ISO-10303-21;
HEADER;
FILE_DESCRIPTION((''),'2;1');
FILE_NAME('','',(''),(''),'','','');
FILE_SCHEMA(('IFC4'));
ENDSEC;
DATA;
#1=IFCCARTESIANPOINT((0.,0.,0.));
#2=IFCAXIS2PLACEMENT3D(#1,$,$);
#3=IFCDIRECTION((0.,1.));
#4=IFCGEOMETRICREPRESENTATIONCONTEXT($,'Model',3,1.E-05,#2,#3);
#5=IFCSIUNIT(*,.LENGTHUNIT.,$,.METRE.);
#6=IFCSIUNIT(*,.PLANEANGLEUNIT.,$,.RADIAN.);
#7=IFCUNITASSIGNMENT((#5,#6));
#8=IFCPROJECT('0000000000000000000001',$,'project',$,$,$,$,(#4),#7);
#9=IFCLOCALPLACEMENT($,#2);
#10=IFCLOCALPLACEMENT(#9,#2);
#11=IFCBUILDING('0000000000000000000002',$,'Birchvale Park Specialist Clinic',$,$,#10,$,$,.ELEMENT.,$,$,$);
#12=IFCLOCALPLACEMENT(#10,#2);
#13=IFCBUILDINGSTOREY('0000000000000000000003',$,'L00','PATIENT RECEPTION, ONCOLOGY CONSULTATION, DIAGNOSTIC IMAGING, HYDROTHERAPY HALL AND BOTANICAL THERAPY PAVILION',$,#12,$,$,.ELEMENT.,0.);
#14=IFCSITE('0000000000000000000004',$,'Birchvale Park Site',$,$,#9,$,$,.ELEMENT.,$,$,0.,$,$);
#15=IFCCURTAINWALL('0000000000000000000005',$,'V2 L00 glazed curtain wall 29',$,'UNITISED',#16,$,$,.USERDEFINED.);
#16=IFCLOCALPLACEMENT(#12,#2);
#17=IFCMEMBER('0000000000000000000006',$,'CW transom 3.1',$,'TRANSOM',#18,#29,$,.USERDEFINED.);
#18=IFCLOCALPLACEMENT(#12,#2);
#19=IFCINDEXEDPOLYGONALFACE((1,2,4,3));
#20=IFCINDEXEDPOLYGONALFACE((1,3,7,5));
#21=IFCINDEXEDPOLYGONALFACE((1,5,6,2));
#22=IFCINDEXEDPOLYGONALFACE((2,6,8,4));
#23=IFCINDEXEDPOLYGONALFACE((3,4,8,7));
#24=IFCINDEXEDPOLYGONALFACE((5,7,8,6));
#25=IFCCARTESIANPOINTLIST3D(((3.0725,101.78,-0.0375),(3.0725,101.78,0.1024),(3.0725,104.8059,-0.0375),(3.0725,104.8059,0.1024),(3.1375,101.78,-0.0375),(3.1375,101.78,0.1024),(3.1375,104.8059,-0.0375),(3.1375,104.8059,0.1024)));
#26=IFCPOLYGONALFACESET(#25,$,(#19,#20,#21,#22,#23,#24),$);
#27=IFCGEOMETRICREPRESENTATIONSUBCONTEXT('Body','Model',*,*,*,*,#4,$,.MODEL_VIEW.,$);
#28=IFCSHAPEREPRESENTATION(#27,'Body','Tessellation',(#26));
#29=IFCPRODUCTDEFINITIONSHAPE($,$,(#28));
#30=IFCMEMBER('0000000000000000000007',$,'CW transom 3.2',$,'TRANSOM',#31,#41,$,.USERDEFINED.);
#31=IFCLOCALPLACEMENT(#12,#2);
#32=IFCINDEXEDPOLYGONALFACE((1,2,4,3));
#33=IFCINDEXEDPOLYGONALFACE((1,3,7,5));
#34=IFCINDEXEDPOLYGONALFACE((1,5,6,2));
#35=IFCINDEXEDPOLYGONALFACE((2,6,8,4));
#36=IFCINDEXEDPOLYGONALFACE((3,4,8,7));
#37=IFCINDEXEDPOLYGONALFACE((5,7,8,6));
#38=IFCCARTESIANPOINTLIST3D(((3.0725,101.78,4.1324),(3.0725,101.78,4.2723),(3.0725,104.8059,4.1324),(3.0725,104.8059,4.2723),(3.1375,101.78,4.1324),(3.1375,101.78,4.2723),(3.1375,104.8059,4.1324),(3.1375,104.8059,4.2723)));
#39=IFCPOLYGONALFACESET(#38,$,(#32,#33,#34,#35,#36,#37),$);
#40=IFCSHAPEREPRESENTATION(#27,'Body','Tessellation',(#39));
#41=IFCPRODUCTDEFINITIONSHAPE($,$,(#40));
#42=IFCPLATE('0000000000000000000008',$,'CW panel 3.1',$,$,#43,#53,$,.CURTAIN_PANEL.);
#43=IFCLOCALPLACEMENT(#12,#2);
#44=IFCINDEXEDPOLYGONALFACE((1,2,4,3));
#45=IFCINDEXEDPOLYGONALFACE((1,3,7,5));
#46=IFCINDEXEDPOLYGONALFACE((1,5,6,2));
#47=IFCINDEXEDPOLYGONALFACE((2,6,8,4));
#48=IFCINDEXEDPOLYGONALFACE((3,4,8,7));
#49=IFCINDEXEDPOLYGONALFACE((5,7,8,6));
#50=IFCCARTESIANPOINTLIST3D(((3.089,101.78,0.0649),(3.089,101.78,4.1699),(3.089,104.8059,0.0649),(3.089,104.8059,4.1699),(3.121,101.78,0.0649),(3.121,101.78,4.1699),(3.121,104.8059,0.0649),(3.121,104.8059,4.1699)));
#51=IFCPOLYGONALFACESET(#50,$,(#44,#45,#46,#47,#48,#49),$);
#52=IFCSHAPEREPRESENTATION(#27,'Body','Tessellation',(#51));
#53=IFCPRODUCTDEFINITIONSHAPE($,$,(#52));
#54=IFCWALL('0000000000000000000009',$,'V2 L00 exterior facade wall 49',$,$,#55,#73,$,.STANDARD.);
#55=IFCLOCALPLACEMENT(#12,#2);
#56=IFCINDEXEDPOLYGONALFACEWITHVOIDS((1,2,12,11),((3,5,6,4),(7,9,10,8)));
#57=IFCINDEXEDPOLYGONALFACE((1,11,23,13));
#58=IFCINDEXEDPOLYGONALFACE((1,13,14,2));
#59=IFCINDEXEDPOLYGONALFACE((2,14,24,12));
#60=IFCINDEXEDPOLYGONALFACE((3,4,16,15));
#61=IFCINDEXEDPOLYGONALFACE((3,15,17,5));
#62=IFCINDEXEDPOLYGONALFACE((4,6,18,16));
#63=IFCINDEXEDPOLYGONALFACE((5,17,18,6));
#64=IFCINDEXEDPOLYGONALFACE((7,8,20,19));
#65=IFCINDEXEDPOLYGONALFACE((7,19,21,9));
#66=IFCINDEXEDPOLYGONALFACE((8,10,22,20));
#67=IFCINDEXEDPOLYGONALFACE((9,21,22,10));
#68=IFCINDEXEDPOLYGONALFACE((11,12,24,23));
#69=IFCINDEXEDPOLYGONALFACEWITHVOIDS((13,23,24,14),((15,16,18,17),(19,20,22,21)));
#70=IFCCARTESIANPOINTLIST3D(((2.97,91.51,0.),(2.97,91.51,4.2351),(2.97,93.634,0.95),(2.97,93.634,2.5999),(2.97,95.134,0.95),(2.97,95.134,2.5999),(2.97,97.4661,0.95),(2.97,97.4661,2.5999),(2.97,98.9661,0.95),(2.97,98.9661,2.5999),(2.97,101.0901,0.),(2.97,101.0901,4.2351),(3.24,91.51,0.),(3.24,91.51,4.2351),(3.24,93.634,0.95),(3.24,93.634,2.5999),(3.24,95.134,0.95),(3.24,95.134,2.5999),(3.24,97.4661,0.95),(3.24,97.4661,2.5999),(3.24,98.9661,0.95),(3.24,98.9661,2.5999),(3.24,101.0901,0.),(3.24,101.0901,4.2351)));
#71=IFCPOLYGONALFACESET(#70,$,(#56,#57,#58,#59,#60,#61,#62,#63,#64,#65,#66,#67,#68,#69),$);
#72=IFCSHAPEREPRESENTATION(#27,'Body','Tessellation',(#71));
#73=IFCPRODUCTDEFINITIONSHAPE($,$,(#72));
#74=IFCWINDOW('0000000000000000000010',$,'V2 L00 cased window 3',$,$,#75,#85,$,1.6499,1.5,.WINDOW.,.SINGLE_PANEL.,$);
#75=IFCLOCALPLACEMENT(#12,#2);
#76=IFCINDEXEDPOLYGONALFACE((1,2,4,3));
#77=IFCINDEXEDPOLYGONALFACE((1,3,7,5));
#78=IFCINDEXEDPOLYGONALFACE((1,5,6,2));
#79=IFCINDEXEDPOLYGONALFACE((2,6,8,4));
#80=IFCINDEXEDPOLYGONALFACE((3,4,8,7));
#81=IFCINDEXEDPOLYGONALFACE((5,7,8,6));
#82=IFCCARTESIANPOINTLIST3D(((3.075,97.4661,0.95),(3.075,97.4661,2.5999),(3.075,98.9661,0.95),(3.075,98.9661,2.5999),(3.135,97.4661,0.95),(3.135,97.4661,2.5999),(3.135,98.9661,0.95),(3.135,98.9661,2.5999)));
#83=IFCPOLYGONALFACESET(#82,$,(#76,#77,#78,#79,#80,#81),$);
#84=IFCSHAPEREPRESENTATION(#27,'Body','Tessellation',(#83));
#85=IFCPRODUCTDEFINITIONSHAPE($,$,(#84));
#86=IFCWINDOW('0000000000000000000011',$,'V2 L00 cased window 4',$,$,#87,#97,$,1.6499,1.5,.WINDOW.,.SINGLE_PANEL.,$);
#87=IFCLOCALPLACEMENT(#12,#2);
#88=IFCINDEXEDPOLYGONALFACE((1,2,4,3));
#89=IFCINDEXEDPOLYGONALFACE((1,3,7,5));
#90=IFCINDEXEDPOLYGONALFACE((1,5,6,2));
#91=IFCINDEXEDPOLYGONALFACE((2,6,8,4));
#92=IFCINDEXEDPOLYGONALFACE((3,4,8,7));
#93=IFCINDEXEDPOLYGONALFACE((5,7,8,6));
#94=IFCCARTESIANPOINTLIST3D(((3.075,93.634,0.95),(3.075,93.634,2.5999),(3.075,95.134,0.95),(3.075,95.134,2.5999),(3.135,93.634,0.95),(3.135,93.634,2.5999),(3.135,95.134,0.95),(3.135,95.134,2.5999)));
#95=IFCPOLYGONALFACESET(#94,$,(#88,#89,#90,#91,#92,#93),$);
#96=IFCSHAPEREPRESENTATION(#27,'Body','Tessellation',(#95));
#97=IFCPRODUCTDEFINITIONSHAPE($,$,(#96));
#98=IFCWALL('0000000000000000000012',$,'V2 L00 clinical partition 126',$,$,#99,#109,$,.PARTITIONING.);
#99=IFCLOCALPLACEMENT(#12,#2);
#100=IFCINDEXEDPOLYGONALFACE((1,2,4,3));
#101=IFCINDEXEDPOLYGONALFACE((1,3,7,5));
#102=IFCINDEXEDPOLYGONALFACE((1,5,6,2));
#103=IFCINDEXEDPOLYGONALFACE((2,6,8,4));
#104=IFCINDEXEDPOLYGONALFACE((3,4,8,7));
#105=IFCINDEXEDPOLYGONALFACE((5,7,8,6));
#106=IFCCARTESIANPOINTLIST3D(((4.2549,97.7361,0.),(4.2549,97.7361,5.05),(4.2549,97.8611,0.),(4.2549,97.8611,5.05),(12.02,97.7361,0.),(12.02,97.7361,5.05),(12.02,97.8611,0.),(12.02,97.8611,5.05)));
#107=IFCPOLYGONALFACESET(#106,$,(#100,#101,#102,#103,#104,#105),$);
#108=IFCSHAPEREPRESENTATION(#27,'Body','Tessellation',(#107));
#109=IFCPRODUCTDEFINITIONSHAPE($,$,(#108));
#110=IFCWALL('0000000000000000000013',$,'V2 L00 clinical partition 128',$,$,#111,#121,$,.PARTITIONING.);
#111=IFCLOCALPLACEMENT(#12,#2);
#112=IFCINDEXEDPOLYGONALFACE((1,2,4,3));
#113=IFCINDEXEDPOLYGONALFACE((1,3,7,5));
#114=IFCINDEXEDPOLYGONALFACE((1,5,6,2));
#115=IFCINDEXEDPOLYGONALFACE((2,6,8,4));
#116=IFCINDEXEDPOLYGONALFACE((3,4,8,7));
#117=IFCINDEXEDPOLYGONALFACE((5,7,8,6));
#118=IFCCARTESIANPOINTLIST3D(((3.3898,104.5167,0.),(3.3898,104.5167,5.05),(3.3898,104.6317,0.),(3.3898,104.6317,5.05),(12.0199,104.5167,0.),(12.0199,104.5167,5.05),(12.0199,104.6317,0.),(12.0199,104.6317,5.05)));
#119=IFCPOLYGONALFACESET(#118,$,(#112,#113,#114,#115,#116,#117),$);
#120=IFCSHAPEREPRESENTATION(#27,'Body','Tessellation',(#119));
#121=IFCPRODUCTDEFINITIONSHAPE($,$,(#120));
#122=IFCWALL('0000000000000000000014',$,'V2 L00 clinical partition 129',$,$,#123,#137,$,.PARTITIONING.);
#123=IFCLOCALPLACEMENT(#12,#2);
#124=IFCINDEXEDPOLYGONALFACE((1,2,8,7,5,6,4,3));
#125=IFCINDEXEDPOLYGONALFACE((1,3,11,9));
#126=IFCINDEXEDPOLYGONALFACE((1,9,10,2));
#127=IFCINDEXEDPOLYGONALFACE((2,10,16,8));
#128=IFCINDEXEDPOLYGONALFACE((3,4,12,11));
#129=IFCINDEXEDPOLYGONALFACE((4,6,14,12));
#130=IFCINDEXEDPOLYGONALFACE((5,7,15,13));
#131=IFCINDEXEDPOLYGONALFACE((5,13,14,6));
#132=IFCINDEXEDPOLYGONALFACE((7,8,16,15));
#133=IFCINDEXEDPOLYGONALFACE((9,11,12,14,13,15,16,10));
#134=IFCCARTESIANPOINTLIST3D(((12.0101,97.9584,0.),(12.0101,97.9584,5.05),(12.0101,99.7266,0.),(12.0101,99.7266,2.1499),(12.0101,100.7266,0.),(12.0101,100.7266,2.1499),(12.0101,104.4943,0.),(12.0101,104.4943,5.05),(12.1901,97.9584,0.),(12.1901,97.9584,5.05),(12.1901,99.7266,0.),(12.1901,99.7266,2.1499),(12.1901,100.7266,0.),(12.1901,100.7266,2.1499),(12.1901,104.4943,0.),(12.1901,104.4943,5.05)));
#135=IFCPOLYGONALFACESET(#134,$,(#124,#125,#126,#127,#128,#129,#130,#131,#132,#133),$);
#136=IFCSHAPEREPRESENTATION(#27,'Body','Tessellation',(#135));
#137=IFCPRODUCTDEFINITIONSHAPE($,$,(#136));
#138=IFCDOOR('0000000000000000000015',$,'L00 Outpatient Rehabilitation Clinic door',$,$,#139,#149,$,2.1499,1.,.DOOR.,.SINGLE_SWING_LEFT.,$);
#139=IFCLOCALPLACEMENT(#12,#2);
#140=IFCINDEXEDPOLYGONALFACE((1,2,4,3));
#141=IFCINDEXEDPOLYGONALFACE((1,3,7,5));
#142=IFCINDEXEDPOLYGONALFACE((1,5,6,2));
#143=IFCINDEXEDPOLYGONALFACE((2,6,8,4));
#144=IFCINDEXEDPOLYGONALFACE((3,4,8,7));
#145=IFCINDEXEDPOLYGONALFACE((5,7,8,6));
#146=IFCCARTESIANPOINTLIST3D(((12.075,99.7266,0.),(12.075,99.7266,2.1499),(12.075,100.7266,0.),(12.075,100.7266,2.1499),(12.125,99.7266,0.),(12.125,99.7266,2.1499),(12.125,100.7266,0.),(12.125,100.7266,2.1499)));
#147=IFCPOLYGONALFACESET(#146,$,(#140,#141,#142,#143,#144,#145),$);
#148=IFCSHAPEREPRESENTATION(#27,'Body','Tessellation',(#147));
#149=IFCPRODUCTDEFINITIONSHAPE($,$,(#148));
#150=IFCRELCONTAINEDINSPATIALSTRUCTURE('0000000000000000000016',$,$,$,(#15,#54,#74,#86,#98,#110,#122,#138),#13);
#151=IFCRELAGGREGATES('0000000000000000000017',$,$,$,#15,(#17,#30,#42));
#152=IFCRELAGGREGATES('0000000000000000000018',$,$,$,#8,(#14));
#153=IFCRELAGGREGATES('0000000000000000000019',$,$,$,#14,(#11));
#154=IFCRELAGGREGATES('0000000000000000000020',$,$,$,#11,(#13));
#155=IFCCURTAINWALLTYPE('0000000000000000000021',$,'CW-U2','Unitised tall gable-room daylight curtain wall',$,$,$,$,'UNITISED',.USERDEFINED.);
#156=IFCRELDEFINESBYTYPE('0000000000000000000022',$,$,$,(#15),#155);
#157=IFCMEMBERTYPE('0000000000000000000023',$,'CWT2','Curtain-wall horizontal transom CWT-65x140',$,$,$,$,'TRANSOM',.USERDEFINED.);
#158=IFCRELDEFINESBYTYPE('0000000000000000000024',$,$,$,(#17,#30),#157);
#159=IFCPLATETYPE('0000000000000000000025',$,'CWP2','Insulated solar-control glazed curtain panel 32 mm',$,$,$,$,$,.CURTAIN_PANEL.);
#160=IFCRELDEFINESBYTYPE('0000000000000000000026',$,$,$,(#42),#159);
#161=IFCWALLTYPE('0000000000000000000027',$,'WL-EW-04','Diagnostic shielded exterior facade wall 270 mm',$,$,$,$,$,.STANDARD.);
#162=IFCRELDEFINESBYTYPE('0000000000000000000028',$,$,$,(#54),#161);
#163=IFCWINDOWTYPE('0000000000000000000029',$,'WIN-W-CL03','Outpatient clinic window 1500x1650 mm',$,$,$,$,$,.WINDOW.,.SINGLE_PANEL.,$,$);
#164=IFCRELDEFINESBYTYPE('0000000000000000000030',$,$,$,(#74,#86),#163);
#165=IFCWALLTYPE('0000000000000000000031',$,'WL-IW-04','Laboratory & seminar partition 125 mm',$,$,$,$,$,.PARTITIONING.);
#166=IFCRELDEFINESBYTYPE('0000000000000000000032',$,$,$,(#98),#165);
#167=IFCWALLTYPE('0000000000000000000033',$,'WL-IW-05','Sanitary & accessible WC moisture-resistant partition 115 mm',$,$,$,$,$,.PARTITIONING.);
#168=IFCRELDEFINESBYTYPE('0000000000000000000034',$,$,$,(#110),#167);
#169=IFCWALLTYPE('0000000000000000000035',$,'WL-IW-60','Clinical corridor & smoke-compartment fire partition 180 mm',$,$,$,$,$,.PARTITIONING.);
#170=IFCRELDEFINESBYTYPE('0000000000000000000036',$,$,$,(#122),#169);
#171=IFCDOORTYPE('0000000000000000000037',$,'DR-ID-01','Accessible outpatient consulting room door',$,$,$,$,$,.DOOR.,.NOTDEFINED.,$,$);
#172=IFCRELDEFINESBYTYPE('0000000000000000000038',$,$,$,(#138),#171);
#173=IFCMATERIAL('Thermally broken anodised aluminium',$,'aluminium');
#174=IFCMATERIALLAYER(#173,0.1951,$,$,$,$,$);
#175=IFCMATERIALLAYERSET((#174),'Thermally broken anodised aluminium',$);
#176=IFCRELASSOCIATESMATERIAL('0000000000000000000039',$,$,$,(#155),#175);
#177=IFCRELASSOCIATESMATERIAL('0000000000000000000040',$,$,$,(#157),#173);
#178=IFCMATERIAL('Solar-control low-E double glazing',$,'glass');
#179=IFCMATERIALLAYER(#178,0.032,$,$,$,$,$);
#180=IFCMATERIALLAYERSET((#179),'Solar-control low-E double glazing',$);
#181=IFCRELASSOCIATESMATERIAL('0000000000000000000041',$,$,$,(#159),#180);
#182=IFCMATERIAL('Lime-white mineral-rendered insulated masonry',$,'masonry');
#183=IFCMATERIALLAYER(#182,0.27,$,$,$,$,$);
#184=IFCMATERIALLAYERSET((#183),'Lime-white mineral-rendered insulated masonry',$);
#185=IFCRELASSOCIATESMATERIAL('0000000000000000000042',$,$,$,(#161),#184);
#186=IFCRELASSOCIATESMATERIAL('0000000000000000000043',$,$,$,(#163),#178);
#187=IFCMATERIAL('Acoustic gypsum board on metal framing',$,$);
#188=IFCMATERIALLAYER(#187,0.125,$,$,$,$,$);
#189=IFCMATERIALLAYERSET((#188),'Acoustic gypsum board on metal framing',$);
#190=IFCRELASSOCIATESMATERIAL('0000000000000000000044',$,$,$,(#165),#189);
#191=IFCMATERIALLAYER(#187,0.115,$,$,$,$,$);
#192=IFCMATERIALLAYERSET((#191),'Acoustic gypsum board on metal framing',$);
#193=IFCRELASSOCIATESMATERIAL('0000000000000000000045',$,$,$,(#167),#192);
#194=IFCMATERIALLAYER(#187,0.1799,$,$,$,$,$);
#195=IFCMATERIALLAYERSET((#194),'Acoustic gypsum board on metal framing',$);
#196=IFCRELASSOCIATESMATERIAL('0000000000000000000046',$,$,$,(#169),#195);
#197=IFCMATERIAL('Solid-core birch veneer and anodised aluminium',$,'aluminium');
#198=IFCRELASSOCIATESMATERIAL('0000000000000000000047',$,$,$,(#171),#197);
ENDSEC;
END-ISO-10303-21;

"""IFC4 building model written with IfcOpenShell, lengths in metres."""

from ifc_helpers import new_model, si_unit, direction, frame, frame_2d, origin, origin_2d, place, context, subcontext, project, spatial, rectangle, extrude, material, layer, layer_set, material_profile, profile_set, type_object, element, fill, aggregate, save


model = new_model("IFC4")

# Units and contexts
model_context = context("Model", 3, precision=1e-05, world=origin(), true_north=direction((0.0, 1.0)))
body_context = subcontext(model_context, "Body", "Model", "MODEL_VIEW")
ifc_project = project(units=[si_unit("LENGTHUNIT", "METRE"), si_unit("PLANEANGLEUNIT", "RADIAN")], contexts=[model_context])

# Site, building, storey
site_placement = place(None, origin())
site = spatial("IfcSite", under=ifc_project, at=site_placement, Name="Birchvale Park Site", CompositionType="ELEMENT", RefElevation=0.0)
building_placement = place(site_placement, origin())
building = spatial("IfcBuilding", under=site, at=building_placement, Name="Birchvale Park Specialist Clinic", CompositionType="ELEMENT")
storey_placement = place(building_placement, origin())
storey = spatial("IfcBuildingStorey", under=building, at=storey_placement, Name="L00", Description="PATIENT RECEPTION, ONCOLOGY CONSULTATION, DIAGNOSTIC IMAGING, HYDROTHERAPY HALL AND BOTANICAL THERAPY PAVILION", CompositionType="ELEMENT", Elevation=0.0)

# Curtain wall, members, plate
ifc_material_1 = material(Name="Thermally broken anodised aluminium", Category="aluminium")
ifc_layer_1 = layer(ifc_material_1, 0.1951)
ifc_layer_set_1 = layer_set([ifc_layer_1], Name="Thermally broken anodised aluminium")
curtain_wall_type = type_object("IfcCurtainWallType", Name="CW-U2", Description="Unitised tall gable-room daylight curtain wall", ElementType="UNITISED", PredefinedType="USERDEFINED", material=ifc_layer_set_1)
curtain_wall_placement = place(storey_placement, origin())
curtain_wall = element("IfcCurtainWall", 1, at=curtain_wall_placement, inside=storey, type_object=curtain_wall_type, Name="V2 L00 glazed curtain wall 29", ObjectType="UNITISED", PredefinedType="USERDEFINED")
ifc_material_profile_1 = material_profile(ifc_material_1, rectangle(XDim=0.0649, YDim=0.1399, at=origin_2d()), Name="CWT-65x140")
ifc_profile_set_1 = profile_set([ifc_material_profile_1], Name="Thermally broken anodised aluminium")
member_type_1 = type_object("IfcMemberType", Name="CWT2", Description="Curtain-wall horizontal transom CWT-65x140", ElementType="TRANSOM", PredefinedType="USERDEFINED", material=ifc_profile_set_1)
member_1_placement = place(storey_placement, frame((3.105, 104.8059, 0.0325), z_axis=(0.0, -1.0, 0.0), x_axis=(1.0, 0.0, 0.0)))
member_1 = element("IfcMember", 2, at=member_1_placement, type_object=member_type_1, Name="CW transom 3.1", ObjectType="TRANSOM", PredefinedType="USERDEFINED", context=body_context, shape_type="SweptSolid", body=[
    extrude(rectangle(XDim=0.0649, YDim=0.1399, at=origin_2d()), origin(), (0.0, 0.0, 1.0), 3.0259),
])
member_2_placement = place(storey_placement, frame((3.105, 104.8059, 4.2024), z_axis=(0.0, -1.0, 0.0), x_axis=(1.0, 0.0, 0.0)))
member_2 = element("IfcMember", 3, at=member_2_placement, type_object=member_type_1, Name="CW transom 3.2", ObjectType="TRANSOM", PredefinedType="USERDEFINED", context=body_context, shape_type="SweptSolid", body=[
    extrude(rectangle(XDim=0.0649, YDim=0.1399, at=origin_2d()), origin(), (0.0, 0.0, 1.0), 3.0259),
])
ifc_material_2 = material(Name="Solar-control low-E double glazing", Category="glass")
ifc_layer_2 = layer(ifc_material_2, 0.032)
ifc_layer_set_2 = layer_set([ifc_layer_2], Name="Solar-control low-E double glazing")
plate_type = type_object("IfcPlateType", Name="CWP2", Description="Insulated solar-control glazed curtain panel 32 mm", PredefinedType="CURTAIN_PANEL", material=ifc_layer_set_2)
plate_placement = place(storey_placement, frame((3.105, 103.293, 0.0649), z_axis=(0.0, 0.0, 1.0), x_axis=(0.0, -1.0, 0.0)))
plate = element("IfcPlate", 4, at=plate_placement, type_object=plate_type, Name="CW panel 3.1", PredefinedType="CURTAIN_PANEL", context=body_context, shape_type="SweptSolid", body=[
    extrude(rectangle(XDim=3.0259, YDim=0.032, at=origin_2d()), origin(), (0.0, 0.0, 1.0), 4.105),
])
aggregate(curtain_wall, [member_1, member_2, plate])

# Wall, openings, windows
ifc_material_3 = material(Name="Lime-white mineral-rendered insulated masonry", Category="masonry")
ifc_layer_3 = layer(ifc_material_3, 0.27)
ifc_layer_set_3 = layer_set([ifc_layer_3], Name="Lime-white mineral-rendered insulated masonry")
wall_type_1 = type_object("IfcWallType", Name="WL-EW-04", Description="Diagnostic shielded exterior facade wall 270 mm", PredefinedType="STANDARD", material=ifc_layer_set_3)
wall_1_placement = place(storey_placement, frame((3.105, 101.0901, 0.0), z_axis=(0.0, 0.0, 1.0), x_axis=(0.0, -1.0, 0.0)))
wall_1 = element("IfcWall", 5, at=wall_1_placement, inside=storey, type_object=wall_type_1, Name="V2 L00 exterior facade wall 49", PredefinedType="STANDARD", context=body_context, shape_type="SweptSolid", body=[
    extrude(rectangle(XDim=9.5801, YDim=0.27, at=frame_2d((4.79, 0.0))), origin(), (0.0, 0.0, 1.0), 4.2351),
])
opening_1_placement = place(wall_1_placement, frame((2.124, 0.0, 0.95)))
opening_1 = element("IfcOpeningElement", 6, at=opening_1_placement, cuts=wall_1, PredefinedType="OPENING", context=body_context, shape_type="SweptSolid", body=[
    extrude(rectangle(XDim=1.5, YDim=1.6499, at=frame_2d((0.75, 0.825))), frame((0.0, 0.145, 0.0), z_axis=(0.0, -1.0, 0.0), x_axis=(1.0, 0.0, 0.0)), (0.0, 0.0, 1.0), 0.29),
])
opening_2_placement = place(wall_1_placement, frame((5.9561, 0.0, 0.95)))
opening_2 = element("IfcOpeningElement", 7, at=opening_2_placement, cuts=wall_1, PredefinedType="OPENING", context=body_context, shape_type="SweptSolid", body=[
    extrude(rectangle(XDim=1.5, YDim=1.6499, at=frame_2d((0.75, 0.825))), frame((0.0, 0.145, 0.0), z_axis=(0.0, -1.0, 0.0), x_axis=(1.0, 0.0, 0.0)), (0.0, 0.0, 1.0), 0.29),
])
window_type = type_object("IfcWindowType", Name="WIN-W-CL03", Description="Outpatient clinic window 1500x1650 mm", PartitioningType="SINGLE_PANEL", PredefinedType="WINDOW", material=ifc_material_2)
window_1_placement = place(opening_1_placement, origin())
window_1 = element("IfcWindow", 8, at=window_1_placement, inside=storey, type_object=window_type, Name="V2 L00 cased window 3", OverallHeight=1.6499, OverallWidth=1.5, PartitioningType="SINGLE_PANEL", PredefinedType="WINDOW", context=body_context, shape_type="SweptSolid", body=[
    extrude(rectangle(XDim=1.5, YDim=1.6499, at=frame_2d((0.75, 0.825))), frame((0.0, 0.03, 0.0), z_axis=(0.0, -1.0, 0.0), x_axis=(1.0, 0.0, 0.0)), (0.0, 0.0, 1.0), 0.0601),
])
fill(opening_1, window_1)
window_2_placement = place(opening_2_placement, origin())
window_2 = element("IfcWindow", 9, at=window_2_placement, inside=storey, type_object=window_type, Name="V2 L00 cased window 4", OverallHeight=1.6499, OverallWidth=1.5, PartitioningType="SINGLE_PANEL", PredefinedType="WINDOW", context=body_context, shape_type="SweptSolid", body=[
    extrude(rectangle(XDim=1.5, YDim=1.6499, at=frame_2d((0.75, 0.825))), frame((0.0, 0.03, 0.0), z_axis=(0.0, -1.0, 0.0), x_axis=(1.0, 0.0, 0.0)), (0.0, 0.0, 1.0), 0.0601),
])
fill(opening_2, window_2)

# Walls
ifc_material_4 = material(Name="Acoustic gypsum board on metal framing")
ifc_layer_4 = layer(ifc_material_4, 0.125)
ifc_layer_set_4 = layer_set([ifc_layer_4], Name="Acoustic gypsum board on metal framing")
wall_type_2 = type_object("IfcWallType", Name="WL-IW-04", Description="Laboratory & seminar partition 125 mm", PredefinedType="PARTITIONING", material=ifc_layer_set_4)
wall_2_placement = place(storey_placement, frame((4.2549, 97.7986, 0.0), z_axis=(0.0, 0.0, 1.0), x_axis=(1.0, 0.0, 0.0)))
element("IfcWall", 10, at=wall_2_placement, inside=storey, type_object=wall_type_2, Name="V2 L00 clinical partition 126", PredefinedType="PARTITIONING", context=body_context, shape_type="SweptSolid", body=[
    extrude(rectangle(XDim=7.7651, YDim=0.125, at=frame_2d((3.8826, 0.0))), origin(), (0.0, 0.0, 1.0), 5.05),
])
ifc_layer_5 = layer(ifc_material_4, 0.115)
ifc_layer_set_5 = layer_set([ifc_layer_5], Name="Acoustic gypsum board on metal framing")
wall_type_3 = type_object("IfcWallType", Name="WL-IW-05", Description="Sanitary & accessible WC moisture-resistant partition 115 mm", PredefinedType="PARTITIONING", material=ifc_layer_set_5)
wall_3_placement = place(storey_placement, frame((3.3899, 104.5742, 0.0), z_axis=(0.0, 0.0, 1.0), x_axis=(1.0, 0.0, 0.0)))
element("IfcWall", 11, at=wall_3_placement, inside=storey, type_object=wall_type_3, Name="V2 L00 clinical partition 128", PredefinedType="PARTITIONING", context=body_context, shape_type="SweptSolid", body=[
    extrude(rectangle(XDim=8.6301, YDim=0.115, at=frame_2d((4.3149, 0.0))), origin(), (0.0, 0.0, 1.0), 5.05),
])

# Wall, opening, door
ifc_layer_6 = layer(ifc_material_4, 0.1799)
ifc_layer_set_6 = layer_set([ifc_layer_6], Name="Acoustic gypsum board on metal framing")
wall_type_4 = type_object("IfcWallType", Name="WL-IW-60", Description="Clinical corridor & smoke-compartment fire partition 180 mm", PredefinedType="PARTITIONING", material=ifc_layer_set_6)
wall_4_placement = place(storey_placement, frame((12.1001, 104.4944, 0.0), z_axis=(0.0, 0.0, 1.0), x_axis=(0.0, -1.0, 0.0)))
wall_4 = element("IfcWall", 12, at=wall_4_placement, inside=storey, type_object=wall_type_4, Name="V2 L00 clinical partition 129", PredefinedType="PARTITIONING", context=body_context, shape_type="SweptSolid", body=[
    extrude(rectangle(XDim=6.5359, YDim=0.1799, at=frame_2d((3.2681, 0.0))), origin(), (0.0, 0.0, 1.0), 5.05),
])
opening_3_placement = place(wall_4_placement, frame((3.7678, 0.0, 0.0)))
opening_3 = element("IfcOpeningElement", 13, at=opening_3_placement, cuts=wall_4, PredefinedType="OPENING", context=body_context, shape_type="SweptSolid", body=[
    extrude(rectangle(XDim=1.0, YDim=2.1499, at=frame_2d((0.5, 1.075))), frame((0.0, 0.1001, 0.0), z_axis=(0.0, -1.0, 0.0), x_axis=(1.0, 0.0, 0.0)), (0.0, 0.0, 1.0), 0.2),
])
ifc_material_5 = material(Name="Solid-core birch veneer and anodised aluminium", Category="aluminium")
door_type_1 = type_object("IfcDoorType", Name="DR-ID-01", Description="Accessible outpatient consulting room door", OperationType="NOTDEFINED", PredefinedType="DOOR", material=ifc_material_5)
door_1_placement = place(opening_3_placement, origin())
door_1 = element("IfcDoor", 14, at=door_1_placement, inside=storey, type_object=door_type_1, Name="L00 Outpatient Rehabilitation Clinic door", OperationType="SINGLE_SWING_LEFT", OverallHeight=2.1499, OverallWidth=1.0, PredefinedType="DOOR", context=body_context, shape_type="SweptSolid", body=[
    extrude(rectangle(XDim=1.0, YDim=2.1499, at=frame_2d((0.5, 1.075))), frame((0.0, 0.0249, 0.0), z_axis=(0.0, -1.0, 0.0), x_axis=(1.0, 0.0, 0.0)), (0.0, 0.0, 1.0), 0.05),
])
fill(opening_3, door_1)

save(model, "model.ifc")
